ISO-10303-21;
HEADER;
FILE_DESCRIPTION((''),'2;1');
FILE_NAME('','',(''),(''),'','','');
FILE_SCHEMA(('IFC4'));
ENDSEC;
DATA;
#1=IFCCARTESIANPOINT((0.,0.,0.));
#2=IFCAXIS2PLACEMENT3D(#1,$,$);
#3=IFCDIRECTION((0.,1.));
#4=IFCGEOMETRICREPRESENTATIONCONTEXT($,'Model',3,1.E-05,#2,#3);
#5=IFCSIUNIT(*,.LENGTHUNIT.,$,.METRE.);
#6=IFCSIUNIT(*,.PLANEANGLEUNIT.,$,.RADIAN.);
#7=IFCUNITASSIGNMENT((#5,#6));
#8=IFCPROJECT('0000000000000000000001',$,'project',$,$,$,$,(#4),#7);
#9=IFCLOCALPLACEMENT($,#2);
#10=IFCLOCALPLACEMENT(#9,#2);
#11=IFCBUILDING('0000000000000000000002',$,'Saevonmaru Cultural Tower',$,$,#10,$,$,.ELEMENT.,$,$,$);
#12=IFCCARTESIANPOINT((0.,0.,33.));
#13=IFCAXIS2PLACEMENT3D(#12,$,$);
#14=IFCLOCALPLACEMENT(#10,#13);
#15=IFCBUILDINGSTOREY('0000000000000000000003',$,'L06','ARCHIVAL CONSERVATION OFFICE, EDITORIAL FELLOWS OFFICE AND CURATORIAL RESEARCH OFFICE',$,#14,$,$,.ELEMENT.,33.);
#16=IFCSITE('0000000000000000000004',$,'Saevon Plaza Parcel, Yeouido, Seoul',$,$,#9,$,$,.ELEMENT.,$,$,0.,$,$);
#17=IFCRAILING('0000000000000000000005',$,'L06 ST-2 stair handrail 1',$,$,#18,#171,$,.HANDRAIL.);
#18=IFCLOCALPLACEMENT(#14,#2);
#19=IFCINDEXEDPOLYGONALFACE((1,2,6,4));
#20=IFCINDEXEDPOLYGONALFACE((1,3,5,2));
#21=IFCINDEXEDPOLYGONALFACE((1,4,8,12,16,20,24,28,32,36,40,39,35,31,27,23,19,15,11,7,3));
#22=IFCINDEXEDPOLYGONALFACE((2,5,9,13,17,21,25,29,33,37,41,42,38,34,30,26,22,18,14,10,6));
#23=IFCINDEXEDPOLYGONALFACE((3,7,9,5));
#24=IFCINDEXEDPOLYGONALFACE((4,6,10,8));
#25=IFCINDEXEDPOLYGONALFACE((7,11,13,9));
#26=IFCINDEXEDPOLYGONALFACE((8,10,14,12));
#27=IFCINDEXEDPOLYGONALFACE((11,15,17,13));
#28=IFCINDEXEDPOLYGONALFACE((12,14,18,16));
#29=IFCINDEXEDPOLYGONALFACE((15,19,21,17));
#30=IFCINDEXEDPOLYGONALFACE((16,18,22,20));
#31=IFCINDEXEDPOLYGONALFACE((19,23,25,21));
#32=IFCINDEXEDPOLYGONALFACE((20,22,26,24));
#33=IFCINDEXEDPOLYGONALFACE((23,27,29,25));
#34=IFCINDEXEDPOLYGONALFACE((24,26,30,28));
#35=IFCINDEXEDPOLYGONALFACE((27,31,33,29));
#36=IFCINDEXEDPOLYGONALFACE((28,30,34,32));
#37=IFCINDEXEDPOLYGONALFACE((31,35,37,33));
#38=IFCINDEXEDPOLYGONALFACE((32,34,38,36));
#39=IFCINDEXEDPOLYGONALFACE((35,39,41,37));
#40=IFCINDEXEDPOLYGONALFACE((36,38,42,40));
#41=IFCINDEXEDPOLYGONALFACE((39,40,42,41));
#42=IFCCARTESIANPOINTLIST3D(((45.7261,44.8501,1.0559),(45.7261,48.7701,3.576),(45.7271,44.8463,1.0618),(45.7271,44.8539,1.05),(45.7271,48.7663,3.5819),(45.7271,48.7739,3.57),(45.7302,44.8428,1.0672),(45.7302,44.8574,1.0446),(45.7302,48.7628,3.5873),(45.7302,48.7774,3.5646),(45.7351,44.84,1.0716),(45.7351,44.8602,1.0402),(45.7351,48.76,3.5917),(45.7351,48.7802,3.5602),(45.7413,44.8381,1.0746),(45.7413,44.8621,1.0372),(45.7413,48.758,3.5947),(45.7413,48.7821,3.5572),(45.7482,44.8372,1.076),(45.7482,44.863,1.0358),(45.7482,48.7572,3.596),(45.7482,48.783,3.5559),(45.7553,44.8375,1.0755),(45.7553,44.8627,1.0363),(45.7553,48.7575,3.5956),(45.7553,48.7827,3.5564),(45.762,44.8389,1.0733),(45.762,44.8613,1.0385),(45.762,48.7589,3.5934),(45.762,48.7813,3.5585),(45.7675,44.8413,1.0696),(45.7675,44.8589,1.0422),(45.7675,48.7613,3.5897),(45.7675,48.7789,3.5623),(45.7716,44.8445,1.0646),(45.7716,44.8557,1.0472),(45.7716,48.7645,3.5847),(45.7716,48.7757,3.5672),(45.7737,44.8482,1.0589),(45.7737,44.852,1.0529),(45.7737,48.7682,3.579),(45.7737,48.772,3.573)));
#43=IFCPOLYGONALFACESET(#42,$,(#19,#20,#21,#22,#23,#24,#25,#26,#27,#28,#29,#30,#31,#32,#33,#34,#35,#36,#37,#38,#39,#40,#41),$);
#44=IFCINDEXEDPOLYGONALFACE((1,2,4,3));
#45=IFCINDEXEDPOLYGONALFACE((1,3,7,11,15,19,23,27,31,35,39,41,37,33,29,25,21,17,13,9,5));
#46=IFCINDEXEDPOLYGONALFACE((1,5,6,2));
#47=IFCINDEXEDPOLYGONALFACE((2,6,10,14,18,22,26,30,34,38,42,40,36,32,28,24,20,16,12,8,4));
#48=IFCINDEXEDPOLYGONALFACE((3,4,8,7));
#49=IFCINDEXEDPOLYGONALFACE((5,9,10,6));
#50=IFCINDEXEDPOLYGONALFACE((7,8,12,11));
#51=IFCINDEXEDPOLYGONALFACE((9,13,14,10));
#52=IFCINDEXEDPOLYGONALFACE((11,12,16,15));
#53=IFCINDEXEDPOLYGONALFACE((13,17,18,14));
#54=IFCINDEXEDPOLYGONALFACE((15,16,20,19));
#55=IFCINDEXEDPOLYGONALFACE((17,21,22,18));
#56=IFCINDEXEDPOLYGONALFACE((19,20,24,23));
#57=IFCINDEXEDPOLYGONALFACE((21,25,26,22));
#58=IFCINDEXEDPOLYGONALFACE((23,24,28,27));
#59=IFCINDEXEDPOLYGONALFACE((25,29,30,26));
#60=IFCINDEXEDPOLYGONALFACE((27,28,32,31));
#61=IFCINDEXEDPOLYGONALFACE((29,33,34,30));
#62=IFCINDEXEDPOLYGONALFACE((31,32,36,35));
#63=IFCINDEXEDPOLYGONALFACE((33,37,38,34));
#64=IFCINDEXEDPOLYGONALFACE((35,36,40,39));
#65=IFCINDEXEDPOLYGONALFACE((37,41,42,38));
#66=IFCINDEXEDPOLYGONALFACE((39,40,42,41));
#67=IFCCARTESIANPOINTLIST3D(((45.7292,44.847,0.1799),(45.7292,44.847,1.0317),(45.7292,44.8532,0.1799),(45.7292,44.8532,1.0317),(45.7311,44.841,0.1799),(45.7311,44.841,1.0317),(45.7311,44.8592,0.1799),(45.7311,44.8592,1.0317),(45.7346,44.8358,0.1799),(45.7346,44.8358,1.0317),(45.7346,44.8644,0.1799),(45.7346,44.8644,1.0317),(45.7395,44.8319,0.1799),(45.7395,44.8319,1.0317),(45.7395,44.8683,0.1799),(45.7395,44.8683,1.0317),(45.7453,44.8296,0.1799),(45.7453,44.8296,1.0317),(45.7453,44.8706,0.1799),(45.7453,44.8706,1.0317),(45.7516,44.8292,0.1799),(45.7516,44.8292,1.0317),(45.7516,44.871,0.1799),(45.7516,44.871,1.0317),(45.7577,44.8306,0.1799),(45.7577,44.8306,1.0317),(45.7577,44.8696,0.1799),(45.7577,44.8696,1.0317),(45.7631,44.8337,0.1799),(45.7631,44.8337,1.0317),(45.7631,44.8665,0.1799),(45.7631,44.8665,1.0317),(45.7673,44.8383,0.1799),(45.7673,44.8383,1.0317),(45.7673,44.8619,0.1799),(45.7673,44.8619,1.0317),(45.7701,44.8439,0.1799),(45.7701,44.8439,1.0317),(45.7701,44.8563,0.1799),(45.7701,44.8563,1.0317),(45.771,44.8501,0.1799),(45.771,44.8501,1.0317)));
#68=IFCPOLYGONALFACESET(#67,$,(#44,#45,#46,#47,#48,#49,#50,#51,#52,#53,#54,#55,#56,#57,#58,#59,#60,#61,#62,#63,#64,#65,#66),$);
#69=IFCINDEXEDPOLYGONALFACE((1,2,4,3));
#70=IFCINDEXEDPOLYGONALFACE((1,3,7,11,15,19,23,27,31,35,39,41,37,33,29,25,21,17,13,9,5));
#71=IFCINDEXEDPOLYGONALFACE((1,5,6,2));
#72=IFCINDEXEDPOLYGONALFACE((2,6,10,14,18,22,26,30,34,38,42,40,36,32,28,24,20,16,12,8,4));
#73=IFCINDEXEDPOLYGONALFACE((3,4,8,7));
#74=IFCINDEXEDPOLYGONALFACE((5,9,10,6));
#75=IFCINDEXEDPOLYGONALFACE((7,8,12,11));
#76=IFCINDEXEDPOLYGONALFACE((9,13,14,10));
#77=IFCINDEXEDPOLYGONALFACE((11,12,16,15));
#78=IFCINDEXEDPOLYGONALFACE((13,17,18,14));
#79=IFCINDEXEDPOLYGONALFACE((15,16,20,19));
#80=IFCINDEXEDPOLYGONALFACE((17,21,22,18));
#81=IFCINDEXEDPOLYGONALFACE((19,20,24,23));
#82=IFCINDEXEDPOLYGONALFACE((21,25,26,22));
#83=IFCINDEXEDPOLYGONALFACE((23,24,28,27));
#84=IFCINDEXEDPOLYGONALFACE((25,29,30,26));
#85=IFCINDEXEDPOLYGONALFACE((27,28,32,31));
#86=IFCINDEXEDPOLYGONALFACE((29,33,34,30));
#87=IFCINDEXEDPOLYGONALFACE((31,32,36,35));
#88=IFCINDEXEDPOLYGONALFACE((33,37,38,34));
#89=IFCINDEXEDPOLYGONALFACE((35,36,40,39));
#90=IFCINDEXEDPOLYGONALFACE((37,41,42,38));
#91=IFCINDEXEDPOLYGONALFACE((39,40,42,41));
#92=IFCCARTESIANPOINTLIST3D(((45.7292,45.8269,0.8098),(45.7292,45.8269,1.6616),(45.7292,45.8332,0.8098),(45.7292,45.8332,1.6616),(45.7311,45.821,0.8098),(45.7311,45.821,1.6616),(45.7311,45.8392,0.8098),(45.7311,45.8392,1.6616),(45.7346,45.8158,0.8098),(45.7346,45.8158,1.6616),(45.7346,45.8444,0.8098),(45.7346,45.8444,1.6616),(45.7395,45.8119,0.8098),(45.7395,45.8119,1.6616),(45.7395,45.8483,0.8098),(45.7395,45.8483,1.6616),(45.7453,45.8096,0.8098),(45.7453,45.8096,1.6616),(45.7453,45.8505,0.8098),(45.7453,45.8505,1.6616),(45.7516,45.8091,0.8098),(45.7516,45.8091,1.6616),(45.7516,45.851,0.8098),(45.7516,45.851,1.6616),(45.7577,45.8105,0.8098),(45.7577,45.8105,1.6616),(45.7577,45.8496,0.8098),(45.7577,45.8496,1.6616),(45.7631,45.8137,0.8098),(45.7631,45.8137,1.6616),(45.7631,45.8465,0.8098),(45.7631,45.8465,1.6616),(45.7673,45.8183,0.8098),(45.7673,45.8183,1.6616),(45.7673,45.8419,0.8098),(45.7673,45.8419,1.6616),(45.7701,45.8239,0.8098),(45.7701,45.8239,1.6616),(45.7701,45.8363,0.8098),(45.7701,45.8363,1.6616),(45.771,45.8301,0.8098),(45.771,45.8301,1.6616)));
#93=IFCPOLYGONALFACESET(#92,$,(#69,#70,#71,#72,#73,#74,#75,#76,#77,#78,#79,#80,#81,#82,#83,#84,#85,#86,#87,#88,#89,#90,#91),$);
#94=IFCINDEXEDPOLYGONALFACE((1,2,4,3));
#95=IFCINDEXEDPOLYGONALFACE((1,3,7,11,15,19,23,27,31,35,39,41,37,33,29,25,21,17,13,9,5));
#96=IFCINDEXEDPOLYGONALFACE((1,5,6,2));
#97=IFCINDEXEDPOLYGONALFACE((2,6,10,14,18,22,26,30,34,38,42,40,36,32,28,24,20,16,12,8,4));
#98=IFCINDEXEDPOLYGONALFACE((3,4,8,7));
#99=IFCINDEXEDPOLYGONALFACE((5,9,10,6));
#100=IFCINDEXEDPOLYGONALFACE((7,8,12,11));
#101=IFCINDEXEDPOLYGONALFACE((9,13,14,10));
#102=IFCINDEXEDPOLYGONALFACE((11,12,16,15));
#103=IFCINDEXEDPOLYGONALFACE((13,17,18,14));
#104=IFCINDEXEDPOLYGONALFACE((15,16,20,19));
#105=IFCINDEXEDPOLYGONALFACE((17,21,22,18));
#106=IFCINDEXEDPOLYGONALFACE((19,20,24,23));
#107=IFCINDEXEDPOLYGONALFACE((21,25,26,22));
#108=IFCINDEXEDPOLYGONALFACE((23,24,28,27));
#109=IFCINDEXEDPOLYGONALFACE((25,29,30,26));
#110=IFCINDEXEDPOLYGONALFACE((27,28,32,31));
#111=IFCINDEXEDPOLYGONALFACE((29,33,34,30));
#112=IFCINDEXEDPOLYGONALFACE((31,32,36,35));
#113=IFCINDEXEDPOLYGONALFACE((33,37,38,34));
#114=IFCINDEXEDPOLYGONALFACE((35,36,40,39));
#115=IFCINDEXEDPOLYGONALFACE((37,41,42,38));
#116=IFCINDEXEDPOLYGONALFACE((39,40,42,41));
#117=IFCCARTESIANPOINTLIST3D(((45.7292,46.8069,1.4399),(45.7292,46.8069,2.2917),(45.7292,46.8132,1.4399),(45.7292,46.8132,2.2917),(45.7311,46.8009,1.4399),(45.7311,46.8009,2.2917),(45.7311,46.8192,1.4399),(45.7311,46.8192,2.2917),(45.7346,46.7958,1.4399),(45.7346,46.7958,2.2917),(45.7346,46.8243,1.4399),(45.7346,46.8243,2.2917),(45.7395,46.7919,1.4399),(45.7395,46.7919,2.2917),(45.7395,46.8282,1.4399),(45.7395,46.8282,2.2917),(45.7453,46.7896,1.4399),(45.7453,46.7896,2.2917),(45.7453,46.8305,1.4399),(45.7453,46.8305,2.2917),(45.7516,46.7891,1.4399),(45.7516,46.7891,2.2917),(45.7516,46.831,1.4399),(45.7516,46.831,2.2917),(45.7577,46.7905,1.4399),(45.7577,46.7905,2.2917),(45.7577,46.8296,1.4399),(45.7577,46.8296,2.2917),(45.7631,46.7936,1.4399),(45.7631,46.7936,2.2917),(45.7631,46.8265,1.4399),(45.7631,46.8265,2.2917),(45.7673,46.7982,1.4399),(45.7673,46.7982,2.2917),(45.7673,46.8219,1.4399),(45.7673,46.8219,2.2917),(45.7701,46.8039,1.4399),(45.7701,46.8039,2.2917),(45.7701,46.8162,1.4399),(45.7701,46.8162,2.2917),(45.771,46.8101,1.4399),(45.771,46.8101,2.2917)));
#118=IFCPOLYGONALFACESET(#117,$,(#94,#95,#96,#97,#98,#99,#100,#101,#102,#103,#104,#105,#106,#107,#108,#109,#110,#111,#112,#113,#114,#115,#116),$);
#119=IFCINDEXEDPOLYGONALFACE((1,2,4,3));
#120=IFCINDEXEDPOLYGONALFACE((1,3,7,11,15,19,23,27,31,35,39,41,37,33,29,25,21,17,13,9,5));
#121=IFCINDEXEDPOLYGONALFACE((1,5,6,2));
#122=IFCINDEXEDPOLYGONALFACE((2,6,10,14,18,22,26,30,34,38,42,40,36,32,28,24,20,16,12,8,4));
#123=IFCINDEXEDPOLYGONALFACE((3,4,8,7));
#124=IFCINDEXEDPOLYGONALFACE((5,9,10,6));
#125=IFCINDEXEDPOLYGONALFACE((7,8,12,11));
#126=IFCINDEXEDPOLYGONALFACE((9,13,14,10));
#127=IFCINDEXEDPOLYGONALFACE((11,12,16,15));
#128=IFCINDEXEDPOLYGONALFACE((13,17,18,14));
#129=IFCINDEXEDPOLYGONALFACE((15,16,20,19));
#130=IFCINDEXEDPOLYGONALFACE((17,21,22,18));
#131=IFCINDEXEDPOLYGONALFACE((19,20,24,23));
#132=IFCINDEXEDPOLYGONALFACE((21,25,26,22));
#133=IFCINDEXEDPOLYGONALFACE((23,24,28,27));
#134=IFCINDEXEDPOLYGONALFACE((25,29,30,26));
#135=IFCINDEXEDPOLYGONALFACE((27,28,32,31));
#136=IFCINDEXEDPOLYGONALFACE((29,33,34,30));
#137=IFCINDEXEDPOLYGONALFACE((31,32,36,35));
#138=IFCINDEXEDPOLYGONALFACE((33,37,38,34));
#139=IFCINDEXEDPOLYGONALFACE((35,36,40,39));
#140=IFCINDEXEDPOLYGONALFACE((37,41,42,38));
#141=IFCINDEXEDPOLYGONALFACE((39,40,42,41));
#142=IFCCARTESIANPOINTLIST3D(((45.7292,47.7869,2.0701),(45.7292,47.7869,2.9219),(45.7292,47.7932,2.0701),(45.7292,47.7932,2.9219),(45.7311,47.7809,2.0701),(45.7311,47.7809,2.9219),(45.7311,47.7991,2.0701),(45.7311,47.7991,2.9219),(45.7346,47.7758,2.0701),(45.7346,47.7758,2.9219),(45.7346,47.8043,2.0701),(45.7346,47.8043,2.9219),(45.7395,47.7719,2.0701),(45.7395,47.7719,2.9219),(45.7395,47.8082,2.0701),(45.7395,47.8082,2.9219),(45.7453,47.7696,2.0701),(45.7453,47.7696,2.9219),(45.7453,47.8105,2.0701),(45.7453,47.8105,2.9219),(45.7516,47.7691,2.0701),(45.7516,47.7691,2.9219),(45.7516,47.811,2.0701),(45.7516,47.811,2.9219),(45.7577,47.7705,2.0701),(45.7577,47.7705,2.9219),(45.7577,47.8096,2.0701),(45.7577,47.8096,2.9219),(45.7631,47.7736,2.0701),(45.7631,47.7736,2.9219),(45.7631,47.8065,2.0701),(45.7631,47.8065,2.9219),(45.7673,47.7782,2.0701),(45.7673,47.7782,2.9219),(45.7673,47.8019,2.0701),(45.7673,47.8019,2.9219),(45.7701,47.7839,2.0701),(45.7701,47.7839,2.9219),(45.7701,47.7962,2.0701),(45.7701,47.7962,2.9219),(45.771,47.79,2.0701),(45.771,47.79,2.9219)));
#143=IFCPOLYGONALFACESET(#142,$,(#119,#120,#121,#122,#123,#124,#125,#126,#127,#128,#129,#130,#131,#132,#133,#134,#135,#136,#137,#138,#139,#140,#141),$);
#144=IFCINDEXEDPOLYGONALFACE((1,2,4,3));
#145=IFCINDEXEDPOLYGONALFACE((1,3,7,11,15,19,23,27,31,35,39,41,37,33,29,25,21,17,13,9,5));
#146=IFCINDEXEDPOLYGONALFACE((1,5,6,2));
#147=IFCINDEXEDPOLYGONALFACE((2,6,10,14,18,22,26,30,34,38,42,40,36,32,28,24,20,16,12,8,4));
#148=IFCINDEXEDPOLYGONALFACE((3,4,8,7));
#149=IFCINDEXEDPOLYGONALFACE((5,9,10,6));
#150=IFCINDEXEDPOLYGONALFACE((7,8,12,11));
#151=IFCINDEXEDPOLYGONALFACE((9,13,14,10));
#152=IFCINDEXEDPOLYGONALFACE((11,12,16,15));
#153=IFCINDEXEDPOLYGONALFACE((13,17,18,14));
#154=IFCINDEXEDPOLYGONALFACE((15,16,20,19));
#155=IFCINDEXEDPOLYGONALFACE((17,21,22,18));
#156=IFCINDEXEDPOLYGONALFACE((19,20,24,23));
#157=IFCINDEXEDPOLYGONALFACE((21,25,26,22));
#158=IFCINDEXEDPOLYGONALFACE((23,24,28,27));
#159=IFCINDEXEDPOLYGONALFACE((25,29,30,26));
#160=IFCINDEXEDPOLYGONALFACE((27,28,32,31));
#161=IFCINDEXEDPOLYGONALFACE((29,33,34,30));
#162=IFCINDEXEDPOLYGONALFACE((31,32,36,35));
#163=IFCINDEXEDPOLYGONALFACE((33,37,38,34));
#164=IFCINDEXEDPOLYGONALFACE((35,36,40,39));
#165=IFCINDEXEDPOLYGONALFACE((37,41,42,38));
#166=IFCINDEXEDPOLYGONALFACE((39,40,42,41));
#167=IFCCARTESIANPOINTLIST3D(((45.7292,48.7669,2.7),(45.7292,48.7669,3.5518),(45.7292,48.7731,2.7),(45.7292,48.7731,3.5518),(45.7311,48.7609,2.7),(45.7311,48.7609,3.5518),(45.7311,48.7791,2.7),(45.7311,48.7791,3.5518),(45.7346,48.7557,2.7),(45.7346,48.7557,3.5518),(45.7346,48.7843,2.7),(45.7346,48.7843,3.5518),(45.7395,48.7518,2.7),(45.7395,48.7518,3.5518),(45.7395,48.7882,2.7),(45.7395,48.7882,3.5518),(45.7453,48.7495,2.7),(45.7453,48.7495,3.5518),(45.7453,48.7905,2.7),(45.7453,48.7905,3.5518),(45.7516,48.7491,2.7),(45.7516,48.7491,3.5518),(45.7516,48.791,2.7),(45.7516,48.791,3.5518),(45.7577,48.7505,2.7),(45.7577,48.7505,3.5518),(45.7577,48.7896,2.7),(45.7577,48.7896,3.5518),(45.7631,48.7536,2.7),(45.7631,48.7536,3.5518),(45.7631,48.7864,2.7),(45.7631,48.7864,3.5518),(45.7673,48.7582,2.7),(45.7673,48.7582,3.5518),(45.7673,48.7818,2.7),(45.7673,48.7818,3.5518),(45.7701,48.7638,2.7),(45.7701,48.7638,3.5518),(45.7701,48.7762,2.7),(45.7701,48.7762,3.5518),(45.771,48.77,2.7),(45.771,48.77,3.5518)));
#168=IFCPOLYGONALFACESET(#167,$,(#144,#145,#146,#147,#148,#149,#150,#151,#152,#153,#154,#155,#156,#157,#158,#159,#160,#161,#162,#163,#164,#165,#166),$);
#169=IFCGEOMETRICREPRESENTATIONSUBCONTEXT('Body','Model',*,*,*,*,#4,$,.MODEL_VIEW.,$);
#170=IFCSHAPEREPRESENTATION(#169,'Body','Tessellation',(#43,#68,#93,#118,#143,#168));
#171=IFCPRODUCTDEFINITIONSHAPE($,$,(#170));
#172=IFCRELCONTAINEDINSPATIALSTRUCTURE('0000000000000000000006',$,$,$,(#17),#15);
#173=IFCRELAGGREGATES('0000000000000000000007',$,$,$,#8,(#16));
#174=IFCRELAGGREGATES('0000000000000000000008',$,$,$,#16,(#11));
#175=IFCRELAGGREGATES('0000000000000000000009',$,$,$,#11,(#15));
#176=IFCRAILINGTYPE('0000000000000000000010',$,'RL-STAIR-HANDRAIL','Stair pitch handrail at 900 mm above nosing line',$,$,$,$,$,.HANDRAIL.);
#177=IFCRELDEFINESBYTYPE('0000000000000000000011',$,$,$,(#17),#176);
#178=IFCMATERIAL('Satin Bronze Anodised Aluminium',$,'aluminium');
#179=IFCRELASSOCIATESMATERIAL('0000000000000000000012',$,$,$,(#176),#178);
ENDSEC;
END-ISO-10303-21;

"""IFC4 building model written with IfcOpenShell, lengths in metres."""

from ifc_helpers import new_model, si_unit, direction, frame, origin, origin_2d, place, context, subcontext, project, spatial, circle, extrude, material, type_object, element, save


model = new_model("IFC4")

# Units and contexts
model_context = context("Model", 3, precision=1e-05, world=origin(), true_north=direction((0.0, 1.0)))
body_context = subcontext(model_context, "Body", "Model", "MODEL_VIEW")
ifc_project = project(units=[si_unit("LENGTHUNIT", "METRE"), si_unit("PLANEANGLEUNIT", "RADIAN")], contexts=[model_context])

# Site, building, storey
site_placement = place(None, origin())
site = spatial("IfcSite", under=ifc_project, at=site_placement, Name="Saevon Plaza Parcel, Yeouido, Seoul", CompositionType="ELEMENT", RefElevation=0.0)
building_placement = place(site_placement, origin())
building = spatial("IfcBuilding", under=site, at=building_placement, Name="Saevonmaru Cultural Tower", CompositionType="ELEMENT")
storey_placement = place(building_placement, frame((0.0, 0.0, 33.0)))
storey = spatial("IfcBuildingStorey", under=building, at=storey_placement, Name="L06", Description="ARCHIVAL CONSERVATION OFFICE, EDITORIAL FELLOWS OFFICE AND CURATORIAL RESEARCH OFFICE", CompositionType="ELEMENT", Elevation=33.0)

# Shared definitions
ifc_material_1 = material(Name="Satin Bronze Anodised Aluminium", Category="aluminium")

# Railing
railing_type_1 = type_object("IfcRailingType", Name="RL-STAIR-HANDRAIL", Description="Stair pitch handrail at 900 mm above nosing line", PredefinedType="HANDRAIL", material=ifc_material_1)
railing_1_placement = place(storey_placement, frame((45.75, 44.8501, 0.1799)))
element("IfcRailing", 1, at=railing_1_placement, inside=storey, type_object=railing_type_1, Name="L06 ST-2 stair handrail 1", PredefinedType="HANDRAIL", context=body_context, shape_type="SweptSolid", body=[
    extrude(circle(Radius=0.0239, at=origin_2d()), frame((0.0, 0.0, 0.876), z_axis=(0.0, 0.841172, 0.540768), x_axis=(-1.0, 0.0, 0.0)), (0.0, 0.0, 1.0), 4.6602),
    extrude(circle(Radius=0.021, at=origin_2d()), origin(), (0.0, 0.0, 1.0), 0.8518),
    extrude(circle(Radius=0.021, at=origin_2d()), frame((0.0, 0.98, 0.6299)), (0.0, 0.0, 1.0), 0.8518),
    extrude(circle(Radius=0.021, at=origin_2d()), frame((0.0, 1.96, 1.26)), (0.0, 0.0, 1.0), 0.8518),
    extrude(circle(Radius=0.021, at=origin_2d()), frame((0.0, 2.9399, 1.8901)), (0.0, 0.0, 1.0), 0.8518),
    extrude(circle(Radius=0.021, at=origin_2d()), frame((0.0, 3.9199, 2.52)), (0.0, 0.0, 1.0), 0.8518),
])

save(model, "model.ifc")
